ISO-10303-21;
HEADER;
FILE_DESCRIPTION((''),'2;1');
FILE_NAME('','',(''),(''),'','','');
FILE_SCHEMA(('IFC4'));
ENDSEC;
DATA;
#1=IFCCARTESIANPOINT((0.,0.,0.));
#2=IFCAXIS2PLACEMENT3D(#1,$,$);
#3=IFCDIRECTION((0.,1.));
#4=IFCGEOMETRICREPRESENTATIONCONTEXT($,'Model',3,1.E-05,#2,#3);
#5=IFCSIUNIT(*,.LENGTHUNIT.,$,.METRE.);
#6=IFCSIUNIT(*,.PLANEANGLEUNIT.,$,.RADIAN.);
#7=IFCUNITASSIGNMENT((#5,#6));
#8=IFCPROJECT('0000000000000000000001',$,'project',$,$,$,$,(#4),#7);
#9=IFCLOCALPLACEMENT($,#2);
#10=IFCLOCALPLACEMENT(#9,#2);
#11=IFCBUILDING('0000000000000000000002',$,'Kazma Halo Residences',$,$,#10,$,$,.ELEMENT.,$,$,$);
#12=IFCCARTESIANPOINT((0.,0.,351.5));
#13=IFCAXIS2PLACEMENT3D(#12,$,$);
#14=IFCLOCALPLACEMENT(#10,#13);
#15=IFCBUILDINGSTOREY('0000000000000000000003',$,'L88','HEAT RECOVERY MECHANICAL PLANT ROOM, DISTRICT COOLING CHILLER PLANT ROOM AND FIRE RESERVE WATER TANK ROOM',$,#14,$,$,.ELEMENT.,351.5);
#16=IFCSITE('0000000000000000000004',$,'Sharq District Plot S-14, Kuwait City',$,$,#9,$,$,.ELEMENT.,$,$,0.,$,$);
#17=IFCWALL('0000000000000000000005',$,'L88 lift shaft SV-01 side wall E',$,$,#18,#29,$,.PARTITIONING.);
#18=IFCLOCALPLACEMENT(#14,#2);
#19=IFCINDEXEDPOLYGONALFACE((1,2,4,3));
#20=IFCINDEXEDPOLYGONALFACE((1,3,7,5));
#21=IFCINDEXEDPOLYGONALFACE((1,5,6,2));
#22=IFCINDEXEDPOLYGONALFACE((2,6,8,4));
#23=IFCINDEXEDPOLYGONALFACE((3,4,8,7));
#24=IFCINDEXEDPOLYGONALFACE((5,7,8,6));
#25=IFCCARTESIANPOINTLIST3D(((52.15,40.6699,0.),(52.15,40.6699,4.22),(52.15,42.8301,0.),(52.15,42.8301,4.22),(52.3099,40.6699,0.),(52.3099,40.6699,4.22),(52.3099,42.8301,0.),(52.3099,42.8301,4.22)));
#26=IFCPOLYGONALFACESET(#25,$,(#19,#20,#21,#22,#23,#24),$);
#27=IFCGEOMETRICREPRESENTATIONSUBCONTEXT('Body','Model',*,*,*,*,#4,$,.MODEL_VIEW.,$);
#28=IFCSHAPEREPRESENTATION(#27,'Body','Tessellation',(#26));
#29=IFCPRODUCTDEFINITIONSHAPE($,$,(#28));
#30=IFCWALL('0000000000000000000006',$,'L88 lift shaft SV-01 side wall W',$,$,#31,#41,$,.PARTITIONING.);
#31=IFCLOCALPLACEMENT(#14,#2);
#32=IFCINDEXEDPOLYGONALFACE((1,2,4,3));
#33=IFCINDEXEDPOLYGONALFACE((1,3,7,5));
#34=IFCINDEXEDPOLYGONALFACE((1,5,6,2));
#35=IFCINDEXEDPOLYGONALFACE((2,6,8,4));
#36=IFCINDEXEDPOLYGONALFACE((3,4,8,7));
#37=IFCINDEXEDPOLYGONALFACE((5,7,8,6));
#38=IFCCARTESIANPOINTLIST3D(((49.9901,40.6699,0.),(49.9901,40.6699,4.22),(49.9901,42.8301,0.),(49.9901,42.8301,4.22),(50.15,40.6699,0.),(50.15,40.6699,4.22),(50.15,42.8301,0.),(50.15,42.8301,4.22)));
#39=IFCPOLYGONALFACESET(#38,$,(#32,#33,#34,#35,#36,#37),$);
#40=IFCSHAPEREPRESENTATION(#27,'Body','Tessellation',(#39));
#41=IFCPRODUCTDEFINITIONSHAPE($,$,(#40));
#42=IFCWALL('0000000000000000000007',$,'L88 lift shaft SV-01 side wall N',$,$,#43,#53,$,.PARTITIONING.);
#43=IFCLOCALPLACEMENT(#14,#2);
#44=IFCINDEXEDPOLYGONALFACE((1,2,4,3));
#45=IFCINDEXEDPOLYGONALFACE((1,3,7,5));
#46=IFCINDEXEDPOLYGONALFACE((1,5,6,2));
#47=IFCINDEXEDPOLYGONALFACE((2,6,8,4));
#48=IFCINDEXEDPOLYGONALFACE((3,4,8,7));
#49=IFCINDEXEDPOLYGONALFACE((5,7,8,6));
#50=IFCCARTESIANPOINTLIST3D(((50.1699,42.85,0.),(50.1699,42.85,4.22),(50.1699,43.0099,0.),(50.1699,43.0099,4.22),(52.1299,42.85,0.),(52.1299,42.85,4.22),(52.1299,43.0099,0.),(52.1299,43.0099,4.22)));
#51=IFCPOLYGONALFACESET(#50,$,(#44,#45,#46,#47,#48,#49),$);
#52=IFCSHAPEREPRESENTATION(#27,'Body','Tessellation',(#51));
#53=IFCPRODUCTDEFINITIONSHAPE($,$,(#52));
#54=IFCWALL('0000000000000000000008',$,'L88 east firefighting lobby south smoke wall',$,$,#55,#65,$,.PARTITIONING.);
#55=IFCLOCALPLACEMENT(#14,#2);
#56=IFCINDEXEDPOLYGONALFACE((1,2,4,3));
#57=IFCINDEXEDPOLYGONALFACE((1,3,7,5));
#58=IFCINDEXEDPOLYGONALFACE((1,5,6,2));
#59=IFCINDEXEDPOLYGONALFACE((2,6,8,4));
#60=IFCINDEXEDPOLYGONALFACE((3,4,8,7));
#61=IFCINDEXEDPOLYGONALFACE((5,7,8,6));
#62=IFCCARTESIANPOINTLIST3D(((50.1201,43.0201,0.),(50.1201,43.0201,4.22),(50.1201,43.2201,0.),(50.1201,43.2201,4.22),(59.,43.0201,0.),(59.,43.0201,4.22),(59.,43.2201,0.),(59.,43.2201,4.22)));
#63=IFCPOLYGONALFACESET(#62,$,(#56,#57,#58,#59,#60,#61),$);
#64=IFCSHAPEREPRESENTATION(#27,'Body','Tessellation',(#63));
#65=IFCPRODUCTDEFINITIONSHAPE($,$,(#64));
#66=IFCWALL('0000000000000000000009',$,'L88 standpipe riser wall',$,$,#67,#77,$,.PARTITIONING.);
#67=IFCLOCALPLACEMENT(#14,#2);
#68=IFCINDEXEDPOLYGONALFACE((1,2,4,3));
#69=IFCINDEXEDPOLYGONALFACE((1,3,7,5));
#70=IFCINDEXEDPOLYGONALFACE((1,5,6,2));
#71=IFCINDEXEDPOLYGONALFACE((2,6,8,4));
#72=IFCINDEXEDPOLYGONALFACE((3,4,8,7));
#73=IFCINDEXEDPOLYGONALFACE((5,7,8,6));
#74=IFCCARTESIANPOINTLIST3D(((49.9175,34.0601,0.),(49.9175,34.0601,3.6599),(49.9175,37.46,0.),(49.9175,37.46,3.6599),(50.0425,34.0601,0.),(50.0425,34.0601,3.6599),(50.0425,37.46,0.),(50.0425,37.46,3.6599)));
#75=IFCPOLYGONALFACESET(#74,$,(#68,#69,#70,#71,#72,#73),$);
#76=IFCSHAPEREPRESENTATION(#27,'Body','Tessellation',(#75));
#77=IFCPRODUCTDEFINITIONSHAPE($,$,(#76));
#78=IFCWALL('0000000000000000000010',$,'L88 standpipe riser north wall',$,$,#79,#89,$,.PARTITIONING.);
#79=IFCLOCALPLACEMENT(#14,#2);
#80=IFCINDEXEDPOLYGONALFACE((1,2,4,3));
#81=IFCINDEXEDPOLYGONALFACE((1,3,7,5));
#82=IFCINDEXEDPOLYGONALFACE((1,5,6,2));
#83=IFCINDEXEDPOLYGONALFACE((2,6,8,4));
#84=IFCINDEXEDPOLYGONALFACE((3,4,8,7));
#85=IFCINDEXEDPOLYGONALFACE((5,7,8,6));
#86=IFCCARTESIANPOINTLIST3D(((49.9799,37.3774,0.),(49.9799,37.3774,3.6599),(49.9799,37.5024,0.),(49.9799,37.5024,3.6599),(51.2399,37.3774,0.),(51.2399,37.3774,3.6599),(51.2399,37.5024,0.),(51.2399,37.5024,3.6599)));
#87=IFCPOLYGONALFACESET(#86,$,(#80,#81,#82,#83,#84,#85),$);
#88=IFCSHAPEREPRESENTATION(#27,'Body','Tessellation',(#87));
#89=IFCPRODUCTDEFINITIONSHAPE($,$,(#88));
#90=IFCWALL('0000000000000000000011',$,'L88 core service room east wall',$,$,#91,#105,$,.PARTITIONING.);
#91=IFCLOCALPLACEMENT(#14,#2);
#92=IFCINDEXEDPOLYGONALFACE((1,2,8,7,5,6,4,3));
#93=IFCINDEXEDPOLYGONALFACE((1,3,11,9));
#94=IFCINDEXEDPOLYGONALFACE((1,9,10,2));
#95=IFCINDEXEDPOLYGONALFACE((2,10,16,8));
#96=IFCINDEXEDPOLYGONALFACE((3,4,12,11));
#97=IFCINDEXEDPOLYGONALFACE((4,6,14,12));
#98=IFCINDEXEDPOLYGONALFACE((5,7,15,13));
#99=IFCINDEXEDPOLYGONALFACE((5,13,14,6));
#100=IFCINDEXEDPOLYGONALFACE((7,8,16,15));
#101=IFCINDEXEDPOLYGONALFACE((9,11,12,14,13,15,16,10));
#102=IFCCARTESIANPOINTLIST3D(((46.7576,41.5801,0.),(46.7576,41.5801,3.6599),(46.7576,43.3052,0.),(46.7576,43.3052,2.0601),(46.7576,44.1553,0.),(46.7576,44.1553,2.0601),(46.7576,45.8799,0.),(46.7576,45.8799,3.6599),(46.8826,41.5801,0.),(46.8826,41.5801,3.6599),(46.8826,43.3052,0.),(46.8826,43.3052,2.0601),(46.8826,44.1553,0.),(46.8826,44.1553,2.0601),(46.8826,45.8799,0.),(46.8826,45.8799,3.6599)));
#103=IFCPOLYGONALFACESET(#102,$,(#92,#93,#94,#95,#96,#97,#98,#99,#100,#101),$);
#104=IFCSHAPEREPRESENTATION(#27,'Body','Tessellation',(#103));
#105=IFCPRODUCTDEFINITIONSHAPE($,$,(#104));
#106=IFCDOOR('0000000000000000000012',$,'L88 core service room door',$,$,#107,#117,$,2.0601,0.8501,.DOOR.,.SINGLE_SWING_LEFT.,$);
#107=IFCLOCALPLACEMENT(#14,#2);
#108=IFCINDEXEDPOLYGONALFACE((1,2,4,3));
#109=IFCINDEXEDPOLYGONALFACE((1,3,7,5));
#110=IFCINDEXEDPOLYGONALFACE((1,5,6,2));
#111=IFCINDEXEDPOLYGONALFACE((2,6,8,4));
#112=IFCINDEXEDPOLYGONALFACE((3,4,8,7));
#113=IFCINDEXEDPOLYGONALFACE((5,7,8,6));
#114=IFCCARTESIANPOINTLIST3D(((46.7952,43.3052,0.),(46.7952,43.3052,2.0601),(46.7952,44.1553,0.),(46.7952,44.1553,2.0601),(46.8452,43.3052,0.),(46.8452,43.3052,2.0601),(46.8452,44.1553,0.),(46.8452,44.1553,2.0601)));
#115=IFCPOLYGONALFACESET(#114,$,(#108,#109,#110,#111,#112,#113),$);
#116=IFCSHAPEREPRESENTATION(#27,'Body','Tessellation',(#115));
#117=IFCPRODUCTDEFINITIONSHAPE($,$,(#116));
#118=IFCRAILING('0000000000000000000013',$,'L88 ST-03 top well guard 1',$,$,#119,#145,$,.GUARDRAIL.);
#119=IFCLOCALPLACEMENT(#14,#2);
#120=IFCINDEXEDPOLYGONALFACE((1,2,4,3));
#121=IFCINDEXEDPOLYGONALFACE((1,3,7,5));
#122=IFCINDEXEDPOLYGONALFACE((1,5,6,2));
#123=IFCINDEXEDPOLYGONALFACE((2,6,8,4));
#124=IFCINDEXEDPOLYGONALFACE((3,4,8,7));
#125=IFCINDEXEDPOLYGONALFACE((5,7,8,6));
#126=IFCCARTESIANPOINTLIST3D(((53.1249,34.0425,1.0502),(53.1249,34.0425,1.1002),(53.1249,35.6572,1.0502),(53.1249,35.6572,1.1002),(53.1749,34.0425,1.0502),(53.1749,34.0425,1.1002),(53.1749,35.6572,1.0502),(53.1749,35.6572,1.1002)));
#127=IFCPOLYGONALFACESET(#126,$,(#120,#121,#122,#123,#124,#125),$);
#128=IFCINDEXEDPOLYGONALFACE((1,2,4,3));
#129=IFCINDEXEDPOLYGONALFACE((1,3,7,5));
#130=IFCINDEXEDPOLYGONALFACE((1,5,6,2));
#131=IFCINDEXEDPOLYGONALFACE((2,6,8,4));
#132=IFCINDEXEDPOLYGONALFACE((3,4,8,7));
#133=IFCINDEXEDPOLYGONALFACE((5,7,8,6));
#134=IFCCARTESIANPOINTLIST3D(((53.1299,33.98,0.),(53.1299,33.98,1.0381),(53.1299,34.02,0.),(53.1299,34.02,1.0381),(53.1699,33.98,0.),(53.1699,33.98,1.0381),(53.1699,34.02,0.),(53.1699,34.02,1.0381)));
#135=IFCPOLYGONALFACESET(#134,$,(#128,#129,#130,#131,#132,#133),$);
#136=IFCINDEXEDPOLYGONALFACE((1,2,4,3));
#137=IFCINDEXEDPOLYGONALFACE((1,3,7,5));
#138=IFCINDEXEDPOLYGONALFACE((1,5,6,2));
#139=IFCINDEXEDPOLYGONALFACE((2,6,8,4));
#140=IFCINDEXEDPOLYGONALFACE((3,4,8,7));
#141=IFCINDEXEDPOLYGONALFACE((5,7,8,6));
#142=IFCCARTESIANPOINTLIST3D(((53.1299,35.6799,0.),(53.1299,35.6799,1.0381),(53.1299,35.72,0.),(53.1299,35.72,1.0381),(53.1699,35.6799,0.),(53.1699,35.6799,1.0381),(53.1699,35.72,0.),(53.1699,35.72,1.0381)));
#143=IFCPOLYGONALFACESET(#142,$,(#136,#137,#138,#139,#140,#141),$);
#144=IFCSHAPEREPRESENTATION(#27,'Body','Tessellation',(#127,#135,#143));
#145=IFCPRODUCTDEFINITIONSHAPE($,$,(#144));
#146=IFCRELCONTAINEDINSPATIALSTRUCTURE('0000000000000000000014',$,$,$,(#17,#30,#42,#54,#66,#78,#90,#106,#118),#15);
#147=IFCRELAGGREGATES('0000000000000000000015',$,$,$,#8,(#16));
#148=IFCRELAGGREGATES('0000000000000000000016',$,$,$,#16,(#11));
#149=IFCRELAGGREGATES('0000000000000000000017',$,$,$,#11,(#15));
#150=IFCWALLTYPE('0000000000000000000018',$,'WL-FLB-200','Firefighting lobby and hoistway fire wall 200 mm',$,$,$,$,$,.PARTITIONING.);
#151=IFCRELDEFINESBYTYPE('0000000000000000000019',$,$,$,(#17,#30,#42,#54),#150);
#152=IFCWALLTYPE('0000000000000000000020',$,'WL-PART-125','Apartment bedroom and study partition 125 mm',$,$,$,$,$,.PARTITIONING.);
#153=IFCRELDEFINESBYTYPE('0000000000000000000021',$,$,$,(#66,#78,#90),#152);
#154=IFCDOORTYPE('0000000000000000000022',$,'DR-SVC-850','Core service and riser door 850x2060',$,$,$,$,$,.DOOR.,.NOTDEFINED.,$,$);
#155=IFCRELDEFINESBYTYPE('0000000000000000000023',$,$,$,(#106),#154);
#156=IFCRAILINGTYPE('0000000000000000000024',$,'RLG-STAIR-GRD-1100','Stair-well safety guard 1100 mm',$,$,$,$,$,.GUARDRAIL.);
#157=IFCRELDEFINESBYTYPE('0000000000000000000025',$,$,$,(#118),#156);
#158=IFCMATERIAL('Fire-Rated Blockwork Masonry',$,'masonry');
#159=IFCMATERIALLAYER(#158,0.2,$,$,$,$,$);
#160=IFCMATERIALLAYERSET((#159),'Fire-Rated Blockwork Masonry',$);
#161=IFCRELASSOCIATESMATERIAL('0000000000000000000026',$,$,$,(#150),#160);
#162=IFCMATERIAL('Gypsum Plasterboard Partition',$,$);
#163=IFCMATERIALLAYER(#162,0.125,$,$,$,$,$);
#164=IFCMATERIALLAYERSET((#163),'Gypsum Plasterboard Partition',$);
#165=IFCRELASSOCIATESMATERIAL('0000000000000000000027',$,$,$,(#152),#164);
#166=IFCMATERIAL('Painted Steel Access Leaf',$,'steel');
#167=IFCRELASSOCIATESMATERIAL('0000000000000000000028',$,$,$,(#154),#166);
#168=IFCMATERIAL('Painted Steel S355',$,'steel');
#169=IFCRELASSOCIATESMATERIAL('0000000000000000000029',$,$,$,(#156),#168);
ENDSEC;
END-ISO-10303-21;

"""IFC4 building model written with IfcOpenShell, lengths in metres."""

from ifc_helpers import new_model, si_unit, direction, frame, frame_2d, origin, origin_2d, place, context, subcontext, project, spatial, rectangle, extrude, material, layer, layer_set, type_object, element, fill, save


model = new_model("IFC4")

# Units and contexts
model_context = context("Model", 3, precision=1e-05, world=origin(), true_north=direction((0.0, 1.0)))
body_context = subcontext(model_context, "Body", "Model", "MODEL_VIEW")
ifc_project = project(units=[si_unit("LENGTHUNIT", "METRE"), si_unit("PLANEANGLEUNIT", "RADIAN")], contexts=[model_context])

# Site, building, storey
site_placement = place(None, origin())
site = spatial("IfcSite", under=ifc_project, at=site_placement, Name="Sharq District Plot S-14, Kuwait City", CompositionType="ELEMENT", RefElevation=0.0)
building_placement = place(site_placement, origin())
building = spatial("IfcBuilding", under=site, at=building_placement, Name="Kazma Halo Residences", CompositionType="ELEMENT")
storey_placement = place(building_placement, frame((0.0, 0.0, 351.5)))
storey = spatial("IfcBuildingStorey", under=building, at=storey_placement, Name="L88", Description="HEAT RECOVERY MECHANICAL PLANT ROOM, DISTRICT COOLING CHILLER PLANT ROOM AND FIRE RESERVE WATER TANK ROOM", CompositionType="ELEMENT", Elevation=351.5)

# Shared definitions
ifc_material_1 = material(Name="Fire-Rated Blockwork Masonry", Category="masonry")
ifc_layer_1 = layer(ifc_material_1, 0.2)
ifc_layer_set_1 = layer_set([ifc_layer_1], Name="Fire-Rated Blockwork Masonry")
wall_type_1 = type_object("IfcWallType", Name="WL-FLB-200", Description="Firefighting lobby and hoistway fire wall 200 mm", PredefinedType="PARTITIONING", material=ifc_layer_set_1)

# Walls
for number, where, z_axis, x_axis, name in (
    (1, (52.23, 40.6699, 0.0), (0.0, 0.0, 1.0), (0.0, 1.0, 0.0), "L88 lift shaft SV-01 side wall E"),
    (2, (50.0701, 40.6699, 0.0), (0.0, 0.0, 1.0), (0.0, 1.0, 0.0), "L88 lift shaft SV-01 side wall W"),
):
    element("IfcWall", number, at=place(storey_placement, frame(where, z_axis=z_axis, x_axis=x_axis)), inside=storey, type_object=wall_type_1, Name=name, PredefinedType="PARTITIONING", context=body_context, shape_type="SweptSolid", body=[
        extrude(rectangle(XDim=2.1602, YDim=0.1599, at=frame_2d((1.0801, 0.0))), origin(), (0.0, 0.0, 1.0), 4.22),
    ])
wall_1_placement = place(storey_placement, frame((50.1699, 42.9299, 0.0), z_axis=(0.0, 0.0, 1.0), x_axis=(1.0, 0.0, 0.0)))
element("IfcWall", 3, at=wall_1_placement, inside=storey, type_object=wall_type_1, Name="L88 lift shaft SV-01 side wall N", PredefinedType="PARTITIONING", context=body_context, shape_type="SweptSolid", body=[
    extrude(rectangle(XDim=1.96, YDim=0.1599, at=frame_2d((0.98, 0.0))), origin(), (0.0, 0.0, 1.0), 4.22),
])
wall_2_placement = place(storey_placement, frame((50.1201, 43.1201, 0.0), z_axis=(0.0, 0.0, 1.0), x_axis=(1.0, 0.0, 0.0)))
element("IfcWall", 4, at=wall_2_placement, inside=storey, type_object=wall_type_1, Name="L88 east firefighting lobby south smoke wall", PredefinedType="PARTITIONING", context=body_context, shape_type="SweptSolid", body=[
    extrude(rectangle(XDim=8.8799, YDim=0.2, at=frame_2d((4.4399, 0.0))), origin(), (0.0, 0.0, 1.0), 4.22),
])
ifc_material_2 = material(Name="Gypsum Plasterboard Partition")
ifc_layer_2 = layer(ifc_material_2, 0.125)
ifc_layer_set_2 = layer_set([ifc_layer_2], Name="Gypsum Plasterboard Partition")
wall_type_2 = type_object("IfcWallType", Name="WL-PART-125", Description="Apartment bedroom and study partition 125 mm", PredefinedType="PARTITIONING", material=ifc_layer_set_2)
wall_3_placement = place(storey_placement, frame((49.98, 34.0601, 0.0), z_axis=(0.0, 0.0, 1.0), x_axis=(0.0, 1.0, 0.0)))
element("IfcWall", 5, at=wall_3_placement, inside=storey, type_object=wall_type_2, Name="L88 standpipe riser wall", PredefinedType="PARTITIONING", context=body_context, shape_type="SweptSolid", body=[
    extrude(rectangle(XDim=3.3999, YDim=0.125, at=frame_2d((1.7, 0.0))), origin(), (0.0, 0.0, 1.0), 3.6599),
])
wall_4_placement = place(storey_placement, frame((49.98, 37.4399, 0.0), z_axis=(0.0, 0.0, 1.0), x_axis=(1.0, 0.0, 0.0)))
element("IfcWall", 6, at=wall_4_placement, inside=storey, type_object=wall_type_2, Name="L88 standpipe riser north wall", PredefinedType="PARTITIONING", context=body_context, shape_type="SweptSolid", body=[
    extrude(rectangle(XDim=1.26, YDim=0.125, at=frame_2d((0.6299, 0.0))), origin(), (0.0, 0.0, 1.0), 3.6599),
])

# Wall, opening, door
wall_5_placement = place(storey_placement, frame((46.8201, 41.5801, 0.0), z_axis=(0.0, 0.0, 1.0), x_axis=(0.0, 1.0, 0.0)))
wall_5 = element("IfcWall", 7, at=wall_5_placement, inside=storey, type_object=wall_type_2, Name="L88 core service room east wall", PredefinedType="PARTITIONING", context=body_context, shape_type="SweptSolid", body=[
    extrude(rectangle(XDim=4.2998, YDim=0.125, at=frame_2d((2.1499, 0.0))), origin(), (0.0, 0.0, 1.0), 3.6599),
])
opening_1_placement = place(wall_5_placement, frame((1.7251, 0.0, 0.0)))
opening_1 = element("IfcOpeningElement", 8, at=opening_1_placement, cuts=wall_5, PredefinedType="OPENING", context=body_context, shape_type="SweptSolid", body=[
    extrude(rectangle(XDim=0.8501, YDim=2.0601, at=frame_2d((0.425, 1.03))), frame((0.0, 0.0725, 0.0), z_axis=(0.0, -1.0, 0.0), x_axis=(1.0, 0.0, 0.0)), (0.0, 0.0, 1.0), 0.145),
])
ifc_material_3 = material(Name="Painted Steel Access Leaf", Category="steel")
door_type_1 = type_object("IfcDoorType", Name="DR-SVC-850", Description="Core service and riser door 850x2060", OperationType="NOTDEFINED", PredefinedType="DOOR", material=ifc_material_3)
door_1_placement = place(opening_1_placement, origin())
door_1 = element("IfcDoor", 9, at=door_1_placement, inside=storey, type_object=door_type_1, Name="L88 core service room door", OperationType="SINGLE_SWING_LEFT", OverallHeight=2.0601, OverallWidth=0.8501, PredefinedType="DOOR", context=body_context, shape_type="SweptSolid", body=[
    extrude(rectangle(XDim=0.8501, YDim=2.0601, at=frame_2d((0.425, 1.03))), frame((0.0, 0.0249, 0.0), z_axis=(0.0, -1.0, 0.0), x_axis=(1.0, 0.0, 0.0)), (0.0, 0.0, 1.0), 0.05),
])
fill(opening_1, door_1)

# Railing
ifc_material_4 = material(Name="Painted Steel S355", Category="steel")
railing_type = type_object("IfcRailingType", Name="RLG-STAIR-GRD-1100", Description="Stair-well safety guard 1100 mm", PredefinedType="GUARDRAIL", material=ifc_material_4)
railing_placement = place(storey_placement, frame((53.1499, 34.0, 0.0)))
element("IfcRailing", 10, at=railing_placement, inside=storey, type_object=railing_type, Name="L88 ST-03 top well guard 1", PredefinedType="GUARDRAIL", context=body_context, shape_type="SweptSolid", body=[
    extrude(rectangle(XDim=0.05, YDim=0.05, at=origin_2d()), frame((0.0, 0.0425, 1.0752), z_axis=(0.0, 1.0, 0.0), x_axis=(-1.0, 0.0, 0.0)), (0.0, 0.0, 1.0), 1.6147),
    extrude(rectangle(XDim=0.04, YDim=0.04, at=origin_2d()), origin(), (0.0, 0.0, 1.0), 1.0381),
    extrude(rectangle(XDim=0.04, YDim=0.04, at=origin_2d()), frame((0.0, 1.7, 0.0)), (0.0, 0.0, 1.0), 1.0381),
])

save(model, "model.ifc")
